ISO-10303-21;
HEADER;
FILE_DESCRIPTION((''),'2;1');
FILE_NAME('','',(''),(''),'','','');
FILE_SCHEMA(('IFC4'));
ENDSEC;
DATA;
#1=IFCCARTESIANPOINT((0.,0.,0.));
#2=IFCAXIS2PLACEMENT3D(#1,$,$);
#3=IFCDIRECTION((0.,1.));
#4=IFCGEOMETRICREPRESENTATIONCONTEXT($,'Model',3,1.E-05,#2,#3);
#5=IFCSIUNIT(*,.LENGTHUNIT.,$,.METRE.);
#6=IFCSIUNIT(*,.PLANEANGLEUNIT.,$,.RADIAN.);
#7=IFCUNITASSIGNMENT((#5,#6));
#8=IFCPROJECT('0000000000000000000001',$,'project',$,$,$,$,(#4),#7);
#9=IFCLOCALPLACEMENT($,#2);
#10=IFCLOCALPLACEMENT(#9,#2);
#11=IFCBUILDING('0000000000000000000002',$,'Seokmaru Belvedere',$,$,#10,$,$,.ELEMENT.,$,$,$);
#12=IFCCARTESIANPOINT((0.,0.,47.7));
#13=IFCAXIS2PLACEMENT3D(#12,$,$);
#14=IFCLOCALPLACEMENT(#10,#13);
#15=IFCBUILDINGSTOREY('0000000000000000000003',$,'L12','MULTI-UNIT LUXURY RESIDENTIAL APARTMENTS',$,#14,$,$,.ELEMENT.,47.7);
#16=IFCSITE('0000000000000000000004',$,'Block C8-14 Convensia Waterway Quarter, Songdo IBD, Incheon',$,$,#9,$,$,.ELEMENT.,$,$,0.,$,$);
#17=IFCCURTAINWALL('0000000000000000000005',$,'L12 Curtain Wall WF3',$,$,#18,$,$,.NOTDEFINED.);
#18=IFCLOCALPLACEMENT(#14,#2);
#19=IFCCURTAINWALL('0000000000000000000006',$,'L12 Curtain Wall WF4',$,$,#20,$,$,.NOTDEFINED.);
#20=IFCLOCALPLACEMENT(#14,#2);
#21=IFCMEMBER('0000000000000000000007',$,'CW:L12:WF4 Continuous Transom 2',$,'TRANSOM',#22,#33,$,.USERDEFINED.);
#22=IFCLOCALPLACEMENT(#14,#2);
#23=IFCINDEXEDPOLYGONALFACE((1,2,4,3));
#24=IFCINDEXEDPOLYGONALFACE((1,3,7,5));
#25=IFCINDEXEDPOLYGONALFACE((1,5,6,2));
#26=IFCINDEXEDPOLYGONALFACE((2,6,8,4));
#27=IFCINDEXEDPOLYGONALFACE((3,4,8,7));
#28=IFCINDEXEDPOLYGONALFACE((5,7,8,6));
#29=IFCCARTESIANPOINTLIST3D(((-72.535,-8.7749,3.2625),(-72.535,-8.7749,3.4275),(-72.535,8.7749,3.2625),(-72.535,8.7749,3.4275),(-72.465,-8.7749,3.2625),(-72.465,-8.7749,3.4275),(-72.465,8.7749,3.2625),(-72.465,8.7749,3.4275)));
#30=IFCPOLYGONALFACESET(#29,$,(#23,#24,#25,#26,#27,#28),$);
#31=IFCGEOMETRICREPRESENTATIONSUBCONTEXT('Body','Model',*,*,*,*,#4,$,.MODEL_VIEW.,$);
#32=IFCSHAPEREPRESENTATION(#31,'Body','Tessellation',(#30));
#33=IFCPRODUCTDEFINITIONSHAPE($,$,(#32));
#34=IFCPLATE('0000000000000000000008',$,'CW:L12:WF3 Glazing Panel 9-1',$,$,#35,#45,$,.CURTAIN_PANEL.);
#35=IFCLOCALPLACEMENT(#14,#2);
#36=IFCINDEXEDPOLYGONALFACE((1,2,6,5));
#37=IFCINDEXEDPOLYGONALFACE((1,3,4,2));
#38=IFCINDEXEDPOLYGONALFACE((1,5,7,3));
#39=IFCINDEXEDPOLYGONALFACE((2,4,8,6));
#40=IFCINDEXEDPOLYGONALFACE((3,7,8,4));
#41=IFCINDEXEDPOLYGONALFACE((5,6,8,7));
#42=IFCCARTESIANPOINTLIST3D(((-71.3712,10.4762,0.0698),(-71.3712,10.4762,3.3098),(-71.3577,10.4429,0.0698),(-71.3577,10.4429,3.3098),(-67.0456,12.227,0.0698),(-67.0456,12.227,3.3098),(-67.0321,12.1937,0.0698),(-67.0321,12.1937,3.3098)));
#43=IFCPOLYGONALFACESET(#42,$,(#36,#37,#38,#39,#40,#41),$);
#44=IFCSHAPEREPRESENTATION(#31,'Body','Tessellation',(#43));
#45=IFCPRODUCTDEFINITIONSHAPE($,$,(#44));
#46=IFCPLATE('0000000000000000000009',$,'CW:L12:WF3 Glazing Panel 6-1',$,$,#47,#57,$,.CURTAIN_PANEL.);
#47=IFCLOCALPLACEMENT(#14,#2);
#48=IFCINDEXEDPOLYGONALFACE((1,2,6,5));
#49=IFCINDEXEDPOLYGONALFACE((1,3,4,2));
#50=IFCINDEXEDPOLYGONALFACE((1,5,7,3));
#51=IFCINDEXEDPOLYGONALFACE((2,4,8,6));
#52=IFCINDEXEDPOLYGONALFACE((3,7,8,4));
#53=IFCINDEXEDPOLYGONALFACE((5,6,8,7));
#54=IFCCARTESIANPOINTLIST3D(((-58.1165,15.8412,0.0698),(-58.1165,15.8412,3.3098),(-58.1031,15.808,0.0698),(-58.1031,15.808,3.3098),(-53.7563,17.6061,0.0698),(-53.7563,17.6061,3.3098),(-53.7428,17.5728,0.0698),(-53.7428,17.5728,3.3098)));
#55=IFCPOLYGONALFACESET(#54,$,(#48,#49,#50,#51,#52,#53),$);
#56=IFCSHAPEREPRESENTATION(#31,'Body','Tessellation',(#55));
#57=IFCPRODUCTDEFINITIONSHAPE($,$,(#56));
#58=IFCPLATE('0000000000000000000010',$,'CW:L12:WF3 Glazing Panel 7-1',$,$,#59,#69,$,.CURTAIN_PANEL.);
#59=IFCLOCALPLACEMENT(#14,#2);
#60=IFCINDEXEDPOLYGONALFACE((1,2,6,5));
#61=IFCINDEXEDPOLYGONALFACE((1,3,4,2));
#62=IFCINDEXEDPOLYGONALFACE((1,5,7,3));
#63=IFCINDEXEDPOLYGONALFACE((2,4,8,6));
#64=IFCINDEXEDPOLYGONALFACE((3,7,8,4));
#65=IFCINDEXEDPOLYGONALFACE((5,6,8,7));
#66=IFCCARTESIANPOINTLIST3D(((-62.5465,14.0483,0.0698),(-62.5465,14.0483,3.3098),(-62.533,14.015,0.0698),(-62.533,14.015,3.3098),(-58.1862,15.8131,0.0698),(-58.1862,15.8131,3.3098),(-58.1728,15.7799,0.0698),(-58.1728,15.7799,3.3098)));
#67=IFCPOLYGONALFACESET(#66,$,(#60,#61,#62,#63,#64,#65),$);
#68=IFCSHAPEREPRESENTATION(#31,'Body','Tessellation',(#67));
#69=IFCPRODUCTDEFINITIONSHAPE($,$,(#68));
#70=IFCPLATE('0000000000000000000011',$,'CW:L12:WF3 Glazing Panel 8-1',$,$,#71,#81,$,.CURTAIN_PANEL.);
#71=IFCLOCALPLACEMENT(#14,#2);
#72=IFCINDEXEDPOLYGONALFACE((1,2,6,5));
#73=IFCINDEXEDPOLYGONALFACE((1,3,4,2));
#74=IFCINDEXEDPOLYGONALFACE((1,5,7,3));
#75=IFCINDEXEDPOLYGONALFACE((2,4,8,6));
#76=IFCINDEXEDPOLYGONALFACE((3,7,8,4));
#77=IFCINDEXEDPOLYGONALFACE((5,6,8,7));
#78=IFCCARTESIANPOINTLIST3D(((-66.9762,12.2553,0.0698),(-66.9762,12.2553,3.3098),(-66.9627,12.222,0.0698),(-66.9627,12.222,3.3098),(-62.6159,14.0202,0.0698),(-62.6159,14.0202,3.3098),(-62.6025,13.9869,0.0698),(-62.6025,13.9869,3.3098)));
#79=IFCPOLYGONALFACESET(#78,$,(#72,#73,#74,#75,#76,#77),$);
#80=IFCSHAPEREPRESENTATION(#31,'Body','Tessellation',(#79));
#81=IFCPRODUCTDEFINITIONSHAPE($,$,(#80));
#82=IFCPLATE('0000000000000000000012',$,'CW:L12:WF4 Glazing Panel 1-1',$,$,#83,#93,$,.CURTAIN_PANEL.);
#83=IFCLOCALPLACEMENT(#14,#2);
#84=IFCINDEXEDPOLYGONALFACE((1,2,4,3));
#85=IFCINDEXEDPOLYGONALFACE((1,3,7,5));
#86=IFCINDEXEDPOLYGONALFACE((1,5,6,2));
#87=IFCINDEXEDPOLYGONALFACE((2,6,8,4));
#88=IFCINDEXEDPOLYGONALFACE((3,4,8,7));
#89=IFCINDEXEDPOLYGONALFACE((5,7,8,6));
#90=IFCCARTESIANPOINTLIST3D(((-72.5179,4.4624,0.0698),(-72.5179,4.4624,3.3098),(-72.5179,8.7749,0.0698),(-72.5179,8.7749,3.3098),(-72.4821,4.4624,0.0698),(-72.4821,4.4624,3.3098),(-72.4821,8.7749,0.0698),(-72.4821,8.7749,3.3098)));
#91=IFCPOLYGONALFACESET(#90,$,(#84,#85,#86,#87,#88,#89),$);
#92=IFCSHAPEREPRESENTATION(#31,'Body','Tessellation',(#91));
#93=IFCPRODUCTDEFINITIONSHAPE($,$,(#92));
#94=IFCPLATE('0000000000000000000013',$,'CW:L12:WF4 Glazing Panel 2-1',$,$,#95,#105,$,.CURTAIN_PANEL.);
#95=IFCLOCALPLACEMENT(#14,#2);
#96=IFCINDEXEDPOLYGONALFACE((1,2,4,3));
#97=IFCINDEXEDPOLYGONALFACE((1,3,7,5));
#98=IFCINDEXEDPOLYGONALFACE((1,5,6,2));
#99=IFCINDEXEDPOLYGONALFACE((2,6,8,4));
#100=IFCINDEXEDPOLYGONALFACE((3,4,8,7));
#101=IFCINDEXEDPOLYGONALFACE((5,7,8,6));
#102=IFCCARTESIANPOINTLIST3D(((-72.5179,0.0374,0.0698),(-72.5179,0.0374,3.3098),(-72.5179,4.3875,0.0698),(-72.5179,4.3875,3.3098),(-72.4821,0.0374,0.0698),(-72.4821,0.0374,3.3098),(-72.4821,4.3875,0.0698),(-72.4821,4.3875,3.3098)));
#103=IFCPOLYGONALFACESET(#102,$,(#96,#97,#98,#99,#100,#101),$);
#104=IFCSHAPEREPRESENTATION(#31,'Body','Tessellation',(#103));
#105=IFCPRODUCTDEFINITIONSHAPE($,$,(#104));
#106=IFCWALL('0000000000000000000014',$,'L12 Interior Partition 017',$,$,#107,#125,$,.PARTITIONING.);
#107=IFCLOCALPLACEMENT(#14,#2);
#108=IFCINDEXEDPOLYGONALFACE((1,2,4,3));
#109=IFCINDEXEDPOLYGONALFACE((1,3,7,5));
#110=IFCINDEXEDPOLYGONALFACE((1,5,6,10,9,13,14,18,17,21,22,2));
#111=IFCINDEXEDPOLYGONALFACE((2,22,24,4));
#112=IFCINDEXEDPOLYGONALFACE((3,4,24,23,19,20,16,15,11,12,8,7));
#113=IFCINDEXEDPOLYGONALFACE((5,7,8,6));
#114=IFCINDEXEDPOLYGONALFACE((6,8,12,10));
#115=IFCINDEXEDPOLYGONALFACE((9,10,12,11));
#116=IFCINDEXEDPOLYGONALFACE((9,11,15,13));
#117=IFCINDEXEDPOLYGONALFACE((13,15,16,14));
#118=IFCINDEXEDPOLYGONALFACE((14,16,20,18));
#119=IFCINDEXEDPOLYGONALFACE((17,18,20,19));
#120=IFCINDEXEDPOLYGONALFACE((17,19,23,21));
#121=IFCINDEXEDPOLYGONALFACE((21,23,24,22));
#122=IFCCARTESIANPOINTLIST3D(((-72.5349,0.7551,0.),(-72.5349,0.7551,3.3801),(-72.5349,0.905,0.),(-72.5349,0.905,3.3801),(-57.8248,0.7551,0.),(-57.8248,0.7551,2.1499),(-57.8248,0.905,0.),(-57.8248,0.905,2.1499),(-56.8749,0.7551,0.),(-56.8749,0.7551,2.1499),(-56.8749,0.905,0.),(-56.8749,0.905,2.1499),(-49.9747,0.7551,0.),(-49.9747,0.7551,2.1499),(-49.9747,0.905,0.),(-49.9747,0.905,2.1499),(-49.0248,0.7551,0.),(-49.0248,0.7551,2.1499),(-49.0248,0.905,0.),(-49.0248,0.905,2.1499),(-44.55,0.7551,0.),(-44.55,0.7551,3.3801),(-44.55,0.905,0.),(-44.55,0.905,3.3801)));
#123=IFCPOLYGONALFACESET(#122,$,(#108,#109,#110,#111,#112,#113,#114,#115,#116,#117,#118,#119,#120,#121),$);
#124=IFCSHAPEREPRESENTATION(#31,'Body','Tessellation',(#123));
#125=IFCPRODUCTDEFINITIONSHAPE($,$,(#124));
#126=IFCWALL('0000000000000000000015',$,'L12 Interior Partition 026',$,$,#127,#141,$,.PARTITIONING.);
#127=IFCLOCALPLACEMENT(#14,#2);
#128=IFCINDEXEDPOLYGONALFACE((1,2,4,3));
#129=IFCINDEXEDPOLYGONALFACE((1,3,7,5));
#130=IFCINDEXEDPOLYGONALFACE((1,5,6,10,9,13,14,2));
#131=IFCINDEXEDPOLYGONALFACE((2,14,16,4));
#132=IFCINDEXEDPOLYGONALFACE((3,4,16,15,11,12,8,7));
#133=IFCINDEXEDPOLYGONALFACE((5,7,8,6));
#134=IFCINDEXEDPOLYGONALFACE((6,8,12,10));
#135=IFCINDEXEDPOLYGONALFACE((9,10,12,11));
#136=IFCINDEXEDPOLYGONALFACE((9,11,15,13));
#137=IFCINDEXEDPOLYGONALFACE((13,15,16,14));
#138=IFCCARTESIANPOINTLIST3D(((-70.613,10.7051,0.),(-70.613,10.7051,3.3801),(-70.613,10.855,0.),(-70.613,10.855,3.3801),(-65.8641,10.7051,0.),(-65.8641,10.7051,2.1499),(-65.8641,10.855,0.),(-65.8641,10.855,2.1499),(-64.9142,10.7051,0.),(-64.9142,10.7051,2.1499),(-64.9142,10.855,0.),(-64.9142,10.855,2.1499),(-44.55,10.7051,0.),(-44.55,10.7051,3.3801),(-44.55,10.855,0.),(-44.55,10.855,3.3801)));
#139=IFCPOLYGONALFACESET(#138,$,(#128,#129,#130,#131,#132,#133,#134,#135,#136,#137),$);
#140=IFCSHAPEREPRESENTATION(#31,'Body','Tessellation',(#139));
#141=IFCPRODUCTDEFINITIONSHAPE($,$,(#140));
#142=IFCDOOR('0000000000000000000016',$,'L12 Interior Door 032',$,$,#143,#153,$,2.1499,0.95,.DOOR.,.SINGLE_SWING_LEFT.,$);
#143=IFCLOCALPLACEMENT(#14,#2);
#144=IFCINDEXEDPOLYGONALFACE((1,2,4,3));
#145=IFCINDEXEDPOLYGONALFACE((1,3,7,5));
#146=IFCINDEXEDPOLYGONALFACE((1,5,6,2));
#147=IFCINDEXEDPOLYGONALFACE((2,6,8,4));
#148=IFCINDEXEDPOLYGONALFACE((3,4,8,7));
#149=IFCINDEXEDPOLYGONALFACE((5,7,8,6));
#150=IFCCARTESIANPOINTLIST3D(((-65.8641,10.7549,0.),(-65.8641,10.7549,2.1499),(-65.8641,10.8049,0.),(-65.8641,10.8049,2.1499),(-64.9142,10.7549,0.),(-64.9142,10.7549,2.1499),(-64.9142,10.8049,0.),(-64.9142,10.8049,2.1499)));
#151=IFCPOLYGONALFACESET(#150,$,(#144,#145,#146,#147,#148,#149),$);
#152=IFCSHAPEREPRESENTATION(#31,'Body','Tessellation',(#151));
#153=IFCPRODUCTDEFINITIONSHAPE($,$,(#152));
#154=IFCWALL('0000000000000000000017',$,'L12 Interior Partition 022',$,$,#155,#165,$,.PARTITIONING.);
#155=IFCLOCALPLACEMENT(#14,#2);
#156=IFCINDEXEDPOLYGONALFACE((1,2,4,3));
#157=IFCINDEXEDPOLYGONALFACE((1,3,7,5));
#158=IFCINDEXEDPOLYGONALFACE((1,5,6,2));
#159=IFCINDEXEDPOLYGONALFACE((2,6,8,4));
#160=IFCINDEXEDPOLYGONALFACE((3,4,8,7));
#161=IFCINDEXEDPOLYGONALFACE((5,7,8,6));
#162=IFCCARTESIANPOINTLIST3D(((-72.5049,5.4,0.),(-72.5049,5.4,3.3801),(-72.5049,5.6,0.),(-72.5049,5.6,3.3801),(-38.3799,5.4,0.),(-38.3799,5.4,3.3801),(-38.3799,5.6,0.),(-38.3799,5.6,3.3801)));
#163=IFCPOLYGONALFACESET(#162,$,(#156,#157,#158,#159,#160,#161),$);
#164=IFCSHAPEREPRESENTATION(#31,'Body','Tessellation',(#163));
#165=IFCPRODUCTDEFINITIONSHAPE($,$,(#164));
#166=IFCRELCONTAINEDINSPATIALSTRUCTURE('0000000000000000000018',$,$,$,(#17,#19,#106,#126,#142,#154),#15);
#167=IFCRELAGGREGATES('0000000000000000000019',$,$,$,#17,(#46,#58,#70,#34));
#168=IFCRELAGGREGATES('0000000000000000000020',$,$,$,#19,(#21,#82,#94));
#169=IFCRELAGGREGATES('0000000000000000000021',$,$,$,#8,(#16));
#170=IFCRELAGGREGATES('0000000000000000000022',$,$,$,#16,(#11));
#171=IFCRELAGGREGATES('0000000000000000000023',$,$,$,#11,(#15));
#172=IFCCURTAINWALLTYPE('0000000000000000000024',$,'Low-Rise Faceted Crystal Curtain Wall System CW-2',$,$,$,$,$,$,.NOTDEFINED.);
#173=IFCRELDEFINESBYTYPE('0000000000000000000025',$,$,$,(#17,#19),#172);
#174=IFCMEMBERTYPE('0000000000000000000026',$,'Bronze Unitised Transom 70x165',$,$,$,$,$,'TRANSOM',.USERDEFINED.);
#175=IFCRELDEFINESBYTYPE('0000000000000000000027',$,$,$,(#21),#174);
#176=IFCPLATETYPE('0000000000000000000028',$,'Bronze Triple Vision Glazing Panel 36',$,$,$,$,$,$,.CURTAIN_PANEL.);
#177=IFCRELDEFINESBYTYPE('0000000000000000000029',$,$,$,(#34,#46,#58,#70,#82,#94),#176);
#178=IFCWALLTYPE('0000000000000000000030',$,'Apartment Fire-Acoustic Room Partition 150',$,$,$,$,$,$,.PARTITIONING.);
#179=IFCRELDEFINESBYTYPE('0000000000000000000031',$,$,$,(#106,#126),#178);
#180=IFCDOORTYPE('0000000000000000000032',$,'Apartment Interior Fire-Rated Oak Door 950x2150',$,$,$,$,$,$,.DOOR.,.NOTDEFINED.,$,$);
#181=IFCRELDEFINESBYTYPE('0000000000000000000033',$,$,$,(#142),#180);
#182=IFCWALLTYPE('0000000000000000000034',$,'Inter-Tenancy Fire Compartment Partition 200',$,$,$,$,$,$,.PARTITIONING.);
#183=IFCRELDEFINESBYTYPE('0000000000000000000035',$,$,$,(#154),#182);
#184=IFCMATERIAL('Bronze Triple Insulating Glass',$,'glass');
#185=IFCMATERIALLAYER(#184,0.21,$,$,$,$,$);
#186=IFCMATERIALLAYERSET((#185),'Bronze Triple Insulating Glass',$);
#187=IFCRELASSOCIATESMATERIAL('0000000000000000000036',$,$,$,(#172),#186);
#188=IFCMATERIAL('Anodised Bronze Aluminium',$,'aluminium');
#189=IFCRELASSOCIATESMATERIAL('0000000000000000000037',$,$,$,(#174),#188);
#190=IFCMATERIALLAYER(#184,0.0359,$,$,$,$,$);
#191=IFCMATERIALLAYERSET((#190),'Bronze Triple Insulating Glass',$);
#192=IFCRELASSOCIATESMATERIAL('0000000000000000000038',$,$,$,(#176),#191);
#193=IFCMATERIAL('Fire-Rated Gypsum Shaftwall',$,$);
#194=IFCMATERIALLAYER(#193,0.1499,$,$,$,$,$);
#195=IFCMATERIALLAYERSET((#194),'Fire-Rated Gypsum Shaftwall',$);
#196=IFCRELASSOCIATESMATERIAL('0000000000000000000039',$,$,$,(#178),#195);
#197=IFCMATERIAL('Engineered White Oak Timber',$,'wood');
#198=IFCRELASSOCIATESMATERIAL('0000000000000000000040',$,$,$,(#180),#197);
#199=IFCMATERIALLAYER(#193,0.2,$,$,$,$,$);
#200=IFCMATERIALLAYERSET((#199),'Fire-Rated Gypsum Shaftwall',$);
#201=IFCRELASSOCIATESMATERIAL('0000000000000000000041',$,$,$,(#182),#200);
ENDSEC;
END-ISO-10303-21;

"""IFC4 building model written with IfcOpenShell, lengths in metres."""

from ifc_helpers import new_model, si_unit, direction, frame, frame_2d, origin, origin_2d, place, context, subcontext, project, spatial, rectangle, extrude, source, transform, mapped, material, layer, layer_set, material_profile, profile_set, type_object, type_shapes, element, fill, aggregate, save


model = new_model("IFC4")

# Units and contexts
model_context = context("Model", 3, precision=1e-05, world=origin(), true_north=direction((0.0, 1.0)))
body_context = subcontext(model_context, "Body", "Model", "MODEL_VIEW")
ifc_project = project(units=[si_unit("LENGTHUNIT", "METRE"), si_unit("PLANEANGLEUNIT", "RADIAN")], contexts=[model_context])

# Site, building, storey
site_placement = place(None, origin())
site = spatial("IfcSite", under=ifc_project, at=site_placement, Name="Block C8-14 Convensia Waterway Quarter, Songdo IBD, Incheon", CompositionType="ELEMENT", RefElevation=0.0)
building_placement = place(site_placement, origin())
building = spatial("IfcBuilding", under=site, at=building_placement, Name="Seokmaru Belvedere", CompositionType="ELEMENT")
storey_placement = place(building_placement, frame((0.0, 0.0, 47.7)))
storey = spatial("IfcBuildingStorey", under=building, at=storey_placement, Name="L12", Description="MULTI-UNIT LUXURY RESIDENTIAL APARTMENTS", CompositionType="ELEMENT", Elevation=47.7)

# Curtain walls
ifc_material_1 = material(Name="Bronze Triple Insulating Glass", Category="glass")
ifc_layer_1 = layer(ifc_material_1, 0.21)
ifc_layer_set_1 = layer_set([ifc_layer_1], Name="Bronze Triple Insulating Glass")
curtain_wall_type = type_object("IfcCurtainWallType", Name="Low-Rise Faceted Crystal Curtain Wall System CW-2", PredefinedType="NOTDEFINED", material=ifc_layer_set_1)
curtain_wall_1_placement = place(storey_placement, origin())
curtain_wall_1 = element("IfcCurtainWall", 1, at=curtain_wall_1_placement, inside=storey, type_object=curtain_wall_type, Name="L12 Curtain Wall WF3", PredefinedType="NOTDEFINED")
ifc_material_2 = material(Name="Anodised Bronze Aluminium", Category="aluminium")
curtain_wall_2_placement = place(storey_placement, origin())
curtain_wall_2 = element("IfcCurtainWall", 2, at=curtain_wall_2_placement, inside=storey, type_object=curtain_wall_type, Name="L12 Curtain Wall WF4", PredefinedType="NOTDEFINED")

# Member
ifc_material_profile_1 = material_profile(ifc_material_2, rectangle(XDim=0.0701, YDim=0.165, at=origin_2d()), Name="CW-T-70x165")
ifc_profile_set_1 = profile_set([ifc_material_profile_1], Name="Anodised Bronze Aluminium")
member_type_1 = type_object("IfcMemberType", Name="Bronze Unitised Transom 70x165", ElementType="TRANSOM", PredefinedType="USERDEFINED", material=ifc_profile_set_1)
shared_shape_1 = source(origin(), body_context, "Body", "SweptSolid", [
    extrude(rectangle(XDim=0.0701, YDim=0.165, at=origin_2d()), origin(), (0.0, 0.0, 1.0), 17.5498),
])
type_shapes(member_type_1, [shared_shape_1])
member_1_placement = place(storey_placement, frame((-72.5, 8.7749, 3.345), z_axis=(0.0, -1.0, 0.0), x_axis=(1.0, 0.0, 0.0)))
member_1 = element("IfcMember", 3, at=member_1_placement, type_object=member_type_1, Name="CW:L12:WF4 Continuous Transom 2", ObjectType="TRANSOM", PredefinedType="USERDEFINED", context=body_context, shape_type="MappedRepresentation", body=[
    mapped(shared_shape_1, transform((0.0, 0.0, 0.0), scale=1.0)),
])

# Plates
ifc_layer_2 = layer(ifc_material_1, 0.0359)
ifc_layer_set_2 = layer_set([ifc_layer_2], Name="Bronze Triple Insulating Glass")
plate_type = type_object("IfcPlateType", Name="Bronze Triple Vision Glazing Panel 36", PredefinedType="CURTAIN_PANEL", material=ifc_layer_set_2)
shared_shape_2 = source(origin(), body_context, "Body", "SweptSolid", [
    extrude(rectangle(XDim=4.6665, YDim=0.0359, at=origin_2d()), origin(), (0.0, 0.0, 1.0), 3.24),
])
plate_1_placement = place(storey_placement, frame((-69.2017, 11.335, 0.0698), z_axis=(0.0, 0.0, 1.0), x_axis=(-0.926947, -0.375192, 0.0)))
plate_1 = element("IfcPlate", 4, at=plate_1_placement, type_object=plate_type, Name="CW:L12:WF3 Glazing Panel 9-1", PredefinedType="CURTAIN_PANEL", context=body_context, shape_type="MappedRepresentation", body=[
    mapped(shared_shape_2, transform((0.0, 0.0, 0.0), scale=1.0)),
])
shared_shape_3 = source(origin(), body_context, "Body", "SweptSolid", [
    extrude(rectangle(XDim=4.7039, YDim=0.0359, at=origin_2d()), origin(), (0.0, 0.0, 1.0), 3.24),
])
plate_2_placement = place(storey_placement, frame((-55.9297, 16.707, 0.0698), z_axis=(0.0, 0.0, 1.0), x_axis=(-0.926947, -0.375192, 0.0)))
plate_2 = element("IfcPlate", 5, at=plate_2_placement, type_object=plate_type, Name="CW:L12:WF3 Glazing Panel 6-1", PredefinedType="CURTAIN_PANEL", context=body_context, shape_type="MappedRepresentation", body=[
    mapped(shared_shape_3, transform((0.0, 0.0, 0.0), scale=1.0)),
])
plate_3_placement = place(storey_placement, frame((-60.3596, 14.9141, 0.0698), z_axis=(0.0, 0.0, 1.0), x_axis=(-0.926947, -0.375192, 0.0)))
plate_3 = element("IfcPlate", 6, at=plate_3_placement, type_object=plate_type, Name="CW:L12:WF3 Glazing Panel 7-1", PredefinedType="CURTAIN_PANEL", context=body_context, shape_type="MappedRepresentation", body=[
    mapped(shared_shape_3, transform((0.0, 0.0, 0.0), scale=1.0)),
])
plate_4_placement = place(storey_placement, frame((-64.7893, 13.1211, 0.0698), z_axis=(0.0, 0.0, 1.0), x_axis=(-0.926947, -0.375192, 0.0)))
plate_4 = element("IfcPlate", 7, at=plate_4_placement, type_object=plate_type, Name="CW:L12:WF3 Glazing Panel 8-1", PredefinedType="CURTAIN_PANEL", context=body_context, shape_type="MappedRepresentation", body=[
    mapped(shared_shape_3, transform((0.0, 0.0, 0.0), scale=1.0)),
])
aggregate(curtain_wall_1, [plate_2, plate_3, plate_4, plate_1])
shared_shape_4 = source(origin(), body_context, "Body", "SweptSolid", [
    extrude(rectangle(XDim=4.3125, YDim=0.0359, at=origin_2d()), origin(), (0.0, 0.0, 1.0), 3.24),
])
plate_5_placement = place(storey_placement, frame((-72.5, 6.6187, 0.0698), z_axis=(0.0, 0.0, 1.0), x_axis=(0.0, -1.0, 0.0)))
plate_5 = element("IfcPlate", 8, at=plate_5_placement, type_object=plate_type, Name="CW:L12:WF4 Glazing Panel 1-1", PredefinedType="CURTAIN_PANEL", context=body_context, shape_type="MappedRepresentation", body=[
    mapped(shared_shape_4, transform((0.0, 0.0, 0.0), scale=1.0)),
])
shared_shape_5 = source(origin(), body_context, "Body", "SweptSolid", [
    extrude(rectangle(XDim=4.3501, YDim=0.0359, at=origin_2d()), origin(), (0.0, 0.0, 1.0), 3.24),
])
type_shapes(plate_type, [shared_shape_2, shared_shape_3, shared_shape_4, shared_shape_5])
plate_6_placement = place(storey_placement, frame((-72.5, 2.2124, 0.0698), z_axis=(0.0, 0.0, 1.0), x_axis=(0.0, -1.0, 0.0)))
plate_6 = element("IfcPlate", 9, at=plate_6_placement, type_object=plate_type, Name="CW:L12:WF4 Glazing Panel 2-1", PredefinedType="CURTAIN_PANEL", context=body_context, shape_type="MappedRepresentation", body=[
    mapped(shared_shape_5, transform((0.0, 0.0, 0.0), scale=1.0)),
])
aggregate(curtain_wall_2, [member_1, plate_5, plate_6])

# Wall, openings
ifc_material_3 = material(Name="Fire-Rated Gypsum Shaftwall")
ifc_layer_3 = layer(ifc_material_3, 0.1499)
ifc_layer_set_3 = layer_set([ifc_layer_3], Name="Fire-Rated Gypsum Shaftwall")
wall_type_1 = type_object("IfcWallType", Name="Apartment Fire-Acoustic Room Partition 150", PredefinedType="PARTITIONING", material=ifc_layer_set_3)
wall_1_placement = place(storey_placement, frame((-72.5349, 0.8301, 0.0), z_axis=(0.0, 0.0, 1.0), x_axis=(1.0, 0.0, 0.0)))
wall_1 = element("IfcWall", 10, at=wall_1_placement, inside=storey, type_object=wall_type_1, Name="L12 Interior Partition 017", PredefinedType="PARTITIONING", context=body_context, shape_type="SweptSolid", body=[
    extrude(rectangle(XDim=27.9849, YDim=0.1499, at=frame_2d((13.9924, 0.0))), origin(), (0.0, 0.0, 1.0), 3.3801),
])
opening_1_placement = place(wall_1_placement, frame((22.5601, 0.0, 0.0)))
element("IfcOpeningElement", 11, at=opening_1_placement, cuts=wall_1, PredefinedType="OPENING", context=body_context, shape_type="SweptSolid", body=[
    extrude(rectangle(XDim=0.95, YDim=2.1499, at=frame_2d((0.4751, 1.075))), frame((0.0, 0.085, 0.0), z_axis=(0.0, -1.0, 0.0), x_axis=(1.0, 0.0, 0.0)), (0.0, 0.0, 1.0), 0.1699),
])
opening_2_placement = place(wall_1_placement, frame((14.71, 0.0, 0.0)))
element("IfcOpeningElement", 12, at=opening_2_placement, cuts=wall_1, PredefinedType="OPENING", context=body_context, shape_type="SweptSolid", body=[
    extrude(rectangle(XDim=0.95, YDim=2.1499, at=frame_2d((0.4751, 1.075))), frame((0.0, 0.085, 0.0), z_axis=(0.0, -1.0, 0.0), x_axis=(1.0, 0.0, 0.0)), (0.0, 0.0, 1.0), 0.1699),
])

# Wall, opening, door
wall_2_placement = place(storey_placement, frame((-70.613, 10.78, 0.0), z_axis=(0.0, 0.0, 1.0), x_axis=(1.0, 0.0, 0.0)))
wall_2 = element("IfcWall", 13, at=wall_2_placement, inside=storey, type_object=wall_type_1, Name="L12 Interior Partition 026", PredefinedType="PARTITIONING", context=body_context, shape_type="SweptSolid", body=[
    extrude(rectangle(XDim=26.063, YDim=0.1499, at=frame_2d((13.0315, 0.0))), origin(), (0.0, 0.0, 1.0), 3.3801),
])
opening_3_placement = place(wall_2_placement, frame((4.7488, 0.0, 0.0)))
opening_3 = element("IfcOpeningElement", 14, at=opening_3_placement, cuts=wall_2, PredefinedType="OPENING", context=body_context, shape_type="SweptSolid", body=[
    extrude(rectangle(XDim=0.95, YDim=2.1499, at=frame_2d((0.4751, 1.075))), frame((0.0, 0.085, 0.0), z_axis=(0.0, -1.0, 0.0), x_axis=(1.0, 0.0, 0.0)), (0.0, 0.0, 1.0), 0.1699),
])
ifc_material_4 = material(Name="Engineered White Oak Timber", Category="wood")
door_type = type_object("IfcDoorType", Name="Apartment Interior Fire-Rated Oak Door 950x2150", OperationType="NOTDEFINED", PredefinedType="DOOR", material=ifc_material_4)
shared_shape_6 = source(origin(), body_context, "Body", "SweptSolid", [
    extrude(rectangle(XDim=0.95, YDim=2.1499, at=frame_2d((0.4751, 1.075))), frame((0.0, 0.0249, 0.0), z_axis=(0.0, -1.0, 0.0), x_axis=(1.0, 0.0, 0.0)), (0.0, 0.0, 1.0), 0.05),
])
type_shapes(door_type, [shared_shape_6])
door_placement = place(opening_3_placement, origin())
door = element("IfcDoor", 15, at=door_placement, inside=storey, type_object=door_type, Name="L12 Interior Door 032", OperationType="SINGLE_SWING_LEFT", OverallHeight=2.1499, OverallWidth=0.95, PredefinedType="DOOR", context=body_context, shape_type="MappedRepresentation", body=[
    mapped(shared_shape_6, transform((0.0, 0.0, 0.0), scale=1.0)),
])
fill(opening_3, door)

# Wall
ifc_layer_4 = layer(ifc_material_3, 0.2)
ifc_layer_set_4 = layer_set([ifc_layer_4], Name="Fire-Rated Gypsum Shaftwall")
wall_type_2 = type_object("IfcWallType", Name="Inter-Tenancy Fire Compartment Partition 200", PredefinedType="PARTITIONING", material=ifc_layer_set_4)
wall_3_placement = place(storey_placement, frame((-72.5049, 5.5, 0.0), z_axis=(0.0, 0.0, 1.0), x_axis=(1.0, 0.0, 0.0)))
element("IfcWall", 16, at=wall_3_placement, inside=storey, type_object=wall_type_2, Name="L12 Interior Partition 022", PredefinedType="PARTITIONING", context=body_context, shape_type="SweptSolid", body=[
    extrude(rectangle(XDim=34.125, YDim=0.2, at=frame_2d((17.0625, 0.0))), origin(), (0.0, 0.0, 1.0), 3.3801),
])

save(model, "model.ifc")
